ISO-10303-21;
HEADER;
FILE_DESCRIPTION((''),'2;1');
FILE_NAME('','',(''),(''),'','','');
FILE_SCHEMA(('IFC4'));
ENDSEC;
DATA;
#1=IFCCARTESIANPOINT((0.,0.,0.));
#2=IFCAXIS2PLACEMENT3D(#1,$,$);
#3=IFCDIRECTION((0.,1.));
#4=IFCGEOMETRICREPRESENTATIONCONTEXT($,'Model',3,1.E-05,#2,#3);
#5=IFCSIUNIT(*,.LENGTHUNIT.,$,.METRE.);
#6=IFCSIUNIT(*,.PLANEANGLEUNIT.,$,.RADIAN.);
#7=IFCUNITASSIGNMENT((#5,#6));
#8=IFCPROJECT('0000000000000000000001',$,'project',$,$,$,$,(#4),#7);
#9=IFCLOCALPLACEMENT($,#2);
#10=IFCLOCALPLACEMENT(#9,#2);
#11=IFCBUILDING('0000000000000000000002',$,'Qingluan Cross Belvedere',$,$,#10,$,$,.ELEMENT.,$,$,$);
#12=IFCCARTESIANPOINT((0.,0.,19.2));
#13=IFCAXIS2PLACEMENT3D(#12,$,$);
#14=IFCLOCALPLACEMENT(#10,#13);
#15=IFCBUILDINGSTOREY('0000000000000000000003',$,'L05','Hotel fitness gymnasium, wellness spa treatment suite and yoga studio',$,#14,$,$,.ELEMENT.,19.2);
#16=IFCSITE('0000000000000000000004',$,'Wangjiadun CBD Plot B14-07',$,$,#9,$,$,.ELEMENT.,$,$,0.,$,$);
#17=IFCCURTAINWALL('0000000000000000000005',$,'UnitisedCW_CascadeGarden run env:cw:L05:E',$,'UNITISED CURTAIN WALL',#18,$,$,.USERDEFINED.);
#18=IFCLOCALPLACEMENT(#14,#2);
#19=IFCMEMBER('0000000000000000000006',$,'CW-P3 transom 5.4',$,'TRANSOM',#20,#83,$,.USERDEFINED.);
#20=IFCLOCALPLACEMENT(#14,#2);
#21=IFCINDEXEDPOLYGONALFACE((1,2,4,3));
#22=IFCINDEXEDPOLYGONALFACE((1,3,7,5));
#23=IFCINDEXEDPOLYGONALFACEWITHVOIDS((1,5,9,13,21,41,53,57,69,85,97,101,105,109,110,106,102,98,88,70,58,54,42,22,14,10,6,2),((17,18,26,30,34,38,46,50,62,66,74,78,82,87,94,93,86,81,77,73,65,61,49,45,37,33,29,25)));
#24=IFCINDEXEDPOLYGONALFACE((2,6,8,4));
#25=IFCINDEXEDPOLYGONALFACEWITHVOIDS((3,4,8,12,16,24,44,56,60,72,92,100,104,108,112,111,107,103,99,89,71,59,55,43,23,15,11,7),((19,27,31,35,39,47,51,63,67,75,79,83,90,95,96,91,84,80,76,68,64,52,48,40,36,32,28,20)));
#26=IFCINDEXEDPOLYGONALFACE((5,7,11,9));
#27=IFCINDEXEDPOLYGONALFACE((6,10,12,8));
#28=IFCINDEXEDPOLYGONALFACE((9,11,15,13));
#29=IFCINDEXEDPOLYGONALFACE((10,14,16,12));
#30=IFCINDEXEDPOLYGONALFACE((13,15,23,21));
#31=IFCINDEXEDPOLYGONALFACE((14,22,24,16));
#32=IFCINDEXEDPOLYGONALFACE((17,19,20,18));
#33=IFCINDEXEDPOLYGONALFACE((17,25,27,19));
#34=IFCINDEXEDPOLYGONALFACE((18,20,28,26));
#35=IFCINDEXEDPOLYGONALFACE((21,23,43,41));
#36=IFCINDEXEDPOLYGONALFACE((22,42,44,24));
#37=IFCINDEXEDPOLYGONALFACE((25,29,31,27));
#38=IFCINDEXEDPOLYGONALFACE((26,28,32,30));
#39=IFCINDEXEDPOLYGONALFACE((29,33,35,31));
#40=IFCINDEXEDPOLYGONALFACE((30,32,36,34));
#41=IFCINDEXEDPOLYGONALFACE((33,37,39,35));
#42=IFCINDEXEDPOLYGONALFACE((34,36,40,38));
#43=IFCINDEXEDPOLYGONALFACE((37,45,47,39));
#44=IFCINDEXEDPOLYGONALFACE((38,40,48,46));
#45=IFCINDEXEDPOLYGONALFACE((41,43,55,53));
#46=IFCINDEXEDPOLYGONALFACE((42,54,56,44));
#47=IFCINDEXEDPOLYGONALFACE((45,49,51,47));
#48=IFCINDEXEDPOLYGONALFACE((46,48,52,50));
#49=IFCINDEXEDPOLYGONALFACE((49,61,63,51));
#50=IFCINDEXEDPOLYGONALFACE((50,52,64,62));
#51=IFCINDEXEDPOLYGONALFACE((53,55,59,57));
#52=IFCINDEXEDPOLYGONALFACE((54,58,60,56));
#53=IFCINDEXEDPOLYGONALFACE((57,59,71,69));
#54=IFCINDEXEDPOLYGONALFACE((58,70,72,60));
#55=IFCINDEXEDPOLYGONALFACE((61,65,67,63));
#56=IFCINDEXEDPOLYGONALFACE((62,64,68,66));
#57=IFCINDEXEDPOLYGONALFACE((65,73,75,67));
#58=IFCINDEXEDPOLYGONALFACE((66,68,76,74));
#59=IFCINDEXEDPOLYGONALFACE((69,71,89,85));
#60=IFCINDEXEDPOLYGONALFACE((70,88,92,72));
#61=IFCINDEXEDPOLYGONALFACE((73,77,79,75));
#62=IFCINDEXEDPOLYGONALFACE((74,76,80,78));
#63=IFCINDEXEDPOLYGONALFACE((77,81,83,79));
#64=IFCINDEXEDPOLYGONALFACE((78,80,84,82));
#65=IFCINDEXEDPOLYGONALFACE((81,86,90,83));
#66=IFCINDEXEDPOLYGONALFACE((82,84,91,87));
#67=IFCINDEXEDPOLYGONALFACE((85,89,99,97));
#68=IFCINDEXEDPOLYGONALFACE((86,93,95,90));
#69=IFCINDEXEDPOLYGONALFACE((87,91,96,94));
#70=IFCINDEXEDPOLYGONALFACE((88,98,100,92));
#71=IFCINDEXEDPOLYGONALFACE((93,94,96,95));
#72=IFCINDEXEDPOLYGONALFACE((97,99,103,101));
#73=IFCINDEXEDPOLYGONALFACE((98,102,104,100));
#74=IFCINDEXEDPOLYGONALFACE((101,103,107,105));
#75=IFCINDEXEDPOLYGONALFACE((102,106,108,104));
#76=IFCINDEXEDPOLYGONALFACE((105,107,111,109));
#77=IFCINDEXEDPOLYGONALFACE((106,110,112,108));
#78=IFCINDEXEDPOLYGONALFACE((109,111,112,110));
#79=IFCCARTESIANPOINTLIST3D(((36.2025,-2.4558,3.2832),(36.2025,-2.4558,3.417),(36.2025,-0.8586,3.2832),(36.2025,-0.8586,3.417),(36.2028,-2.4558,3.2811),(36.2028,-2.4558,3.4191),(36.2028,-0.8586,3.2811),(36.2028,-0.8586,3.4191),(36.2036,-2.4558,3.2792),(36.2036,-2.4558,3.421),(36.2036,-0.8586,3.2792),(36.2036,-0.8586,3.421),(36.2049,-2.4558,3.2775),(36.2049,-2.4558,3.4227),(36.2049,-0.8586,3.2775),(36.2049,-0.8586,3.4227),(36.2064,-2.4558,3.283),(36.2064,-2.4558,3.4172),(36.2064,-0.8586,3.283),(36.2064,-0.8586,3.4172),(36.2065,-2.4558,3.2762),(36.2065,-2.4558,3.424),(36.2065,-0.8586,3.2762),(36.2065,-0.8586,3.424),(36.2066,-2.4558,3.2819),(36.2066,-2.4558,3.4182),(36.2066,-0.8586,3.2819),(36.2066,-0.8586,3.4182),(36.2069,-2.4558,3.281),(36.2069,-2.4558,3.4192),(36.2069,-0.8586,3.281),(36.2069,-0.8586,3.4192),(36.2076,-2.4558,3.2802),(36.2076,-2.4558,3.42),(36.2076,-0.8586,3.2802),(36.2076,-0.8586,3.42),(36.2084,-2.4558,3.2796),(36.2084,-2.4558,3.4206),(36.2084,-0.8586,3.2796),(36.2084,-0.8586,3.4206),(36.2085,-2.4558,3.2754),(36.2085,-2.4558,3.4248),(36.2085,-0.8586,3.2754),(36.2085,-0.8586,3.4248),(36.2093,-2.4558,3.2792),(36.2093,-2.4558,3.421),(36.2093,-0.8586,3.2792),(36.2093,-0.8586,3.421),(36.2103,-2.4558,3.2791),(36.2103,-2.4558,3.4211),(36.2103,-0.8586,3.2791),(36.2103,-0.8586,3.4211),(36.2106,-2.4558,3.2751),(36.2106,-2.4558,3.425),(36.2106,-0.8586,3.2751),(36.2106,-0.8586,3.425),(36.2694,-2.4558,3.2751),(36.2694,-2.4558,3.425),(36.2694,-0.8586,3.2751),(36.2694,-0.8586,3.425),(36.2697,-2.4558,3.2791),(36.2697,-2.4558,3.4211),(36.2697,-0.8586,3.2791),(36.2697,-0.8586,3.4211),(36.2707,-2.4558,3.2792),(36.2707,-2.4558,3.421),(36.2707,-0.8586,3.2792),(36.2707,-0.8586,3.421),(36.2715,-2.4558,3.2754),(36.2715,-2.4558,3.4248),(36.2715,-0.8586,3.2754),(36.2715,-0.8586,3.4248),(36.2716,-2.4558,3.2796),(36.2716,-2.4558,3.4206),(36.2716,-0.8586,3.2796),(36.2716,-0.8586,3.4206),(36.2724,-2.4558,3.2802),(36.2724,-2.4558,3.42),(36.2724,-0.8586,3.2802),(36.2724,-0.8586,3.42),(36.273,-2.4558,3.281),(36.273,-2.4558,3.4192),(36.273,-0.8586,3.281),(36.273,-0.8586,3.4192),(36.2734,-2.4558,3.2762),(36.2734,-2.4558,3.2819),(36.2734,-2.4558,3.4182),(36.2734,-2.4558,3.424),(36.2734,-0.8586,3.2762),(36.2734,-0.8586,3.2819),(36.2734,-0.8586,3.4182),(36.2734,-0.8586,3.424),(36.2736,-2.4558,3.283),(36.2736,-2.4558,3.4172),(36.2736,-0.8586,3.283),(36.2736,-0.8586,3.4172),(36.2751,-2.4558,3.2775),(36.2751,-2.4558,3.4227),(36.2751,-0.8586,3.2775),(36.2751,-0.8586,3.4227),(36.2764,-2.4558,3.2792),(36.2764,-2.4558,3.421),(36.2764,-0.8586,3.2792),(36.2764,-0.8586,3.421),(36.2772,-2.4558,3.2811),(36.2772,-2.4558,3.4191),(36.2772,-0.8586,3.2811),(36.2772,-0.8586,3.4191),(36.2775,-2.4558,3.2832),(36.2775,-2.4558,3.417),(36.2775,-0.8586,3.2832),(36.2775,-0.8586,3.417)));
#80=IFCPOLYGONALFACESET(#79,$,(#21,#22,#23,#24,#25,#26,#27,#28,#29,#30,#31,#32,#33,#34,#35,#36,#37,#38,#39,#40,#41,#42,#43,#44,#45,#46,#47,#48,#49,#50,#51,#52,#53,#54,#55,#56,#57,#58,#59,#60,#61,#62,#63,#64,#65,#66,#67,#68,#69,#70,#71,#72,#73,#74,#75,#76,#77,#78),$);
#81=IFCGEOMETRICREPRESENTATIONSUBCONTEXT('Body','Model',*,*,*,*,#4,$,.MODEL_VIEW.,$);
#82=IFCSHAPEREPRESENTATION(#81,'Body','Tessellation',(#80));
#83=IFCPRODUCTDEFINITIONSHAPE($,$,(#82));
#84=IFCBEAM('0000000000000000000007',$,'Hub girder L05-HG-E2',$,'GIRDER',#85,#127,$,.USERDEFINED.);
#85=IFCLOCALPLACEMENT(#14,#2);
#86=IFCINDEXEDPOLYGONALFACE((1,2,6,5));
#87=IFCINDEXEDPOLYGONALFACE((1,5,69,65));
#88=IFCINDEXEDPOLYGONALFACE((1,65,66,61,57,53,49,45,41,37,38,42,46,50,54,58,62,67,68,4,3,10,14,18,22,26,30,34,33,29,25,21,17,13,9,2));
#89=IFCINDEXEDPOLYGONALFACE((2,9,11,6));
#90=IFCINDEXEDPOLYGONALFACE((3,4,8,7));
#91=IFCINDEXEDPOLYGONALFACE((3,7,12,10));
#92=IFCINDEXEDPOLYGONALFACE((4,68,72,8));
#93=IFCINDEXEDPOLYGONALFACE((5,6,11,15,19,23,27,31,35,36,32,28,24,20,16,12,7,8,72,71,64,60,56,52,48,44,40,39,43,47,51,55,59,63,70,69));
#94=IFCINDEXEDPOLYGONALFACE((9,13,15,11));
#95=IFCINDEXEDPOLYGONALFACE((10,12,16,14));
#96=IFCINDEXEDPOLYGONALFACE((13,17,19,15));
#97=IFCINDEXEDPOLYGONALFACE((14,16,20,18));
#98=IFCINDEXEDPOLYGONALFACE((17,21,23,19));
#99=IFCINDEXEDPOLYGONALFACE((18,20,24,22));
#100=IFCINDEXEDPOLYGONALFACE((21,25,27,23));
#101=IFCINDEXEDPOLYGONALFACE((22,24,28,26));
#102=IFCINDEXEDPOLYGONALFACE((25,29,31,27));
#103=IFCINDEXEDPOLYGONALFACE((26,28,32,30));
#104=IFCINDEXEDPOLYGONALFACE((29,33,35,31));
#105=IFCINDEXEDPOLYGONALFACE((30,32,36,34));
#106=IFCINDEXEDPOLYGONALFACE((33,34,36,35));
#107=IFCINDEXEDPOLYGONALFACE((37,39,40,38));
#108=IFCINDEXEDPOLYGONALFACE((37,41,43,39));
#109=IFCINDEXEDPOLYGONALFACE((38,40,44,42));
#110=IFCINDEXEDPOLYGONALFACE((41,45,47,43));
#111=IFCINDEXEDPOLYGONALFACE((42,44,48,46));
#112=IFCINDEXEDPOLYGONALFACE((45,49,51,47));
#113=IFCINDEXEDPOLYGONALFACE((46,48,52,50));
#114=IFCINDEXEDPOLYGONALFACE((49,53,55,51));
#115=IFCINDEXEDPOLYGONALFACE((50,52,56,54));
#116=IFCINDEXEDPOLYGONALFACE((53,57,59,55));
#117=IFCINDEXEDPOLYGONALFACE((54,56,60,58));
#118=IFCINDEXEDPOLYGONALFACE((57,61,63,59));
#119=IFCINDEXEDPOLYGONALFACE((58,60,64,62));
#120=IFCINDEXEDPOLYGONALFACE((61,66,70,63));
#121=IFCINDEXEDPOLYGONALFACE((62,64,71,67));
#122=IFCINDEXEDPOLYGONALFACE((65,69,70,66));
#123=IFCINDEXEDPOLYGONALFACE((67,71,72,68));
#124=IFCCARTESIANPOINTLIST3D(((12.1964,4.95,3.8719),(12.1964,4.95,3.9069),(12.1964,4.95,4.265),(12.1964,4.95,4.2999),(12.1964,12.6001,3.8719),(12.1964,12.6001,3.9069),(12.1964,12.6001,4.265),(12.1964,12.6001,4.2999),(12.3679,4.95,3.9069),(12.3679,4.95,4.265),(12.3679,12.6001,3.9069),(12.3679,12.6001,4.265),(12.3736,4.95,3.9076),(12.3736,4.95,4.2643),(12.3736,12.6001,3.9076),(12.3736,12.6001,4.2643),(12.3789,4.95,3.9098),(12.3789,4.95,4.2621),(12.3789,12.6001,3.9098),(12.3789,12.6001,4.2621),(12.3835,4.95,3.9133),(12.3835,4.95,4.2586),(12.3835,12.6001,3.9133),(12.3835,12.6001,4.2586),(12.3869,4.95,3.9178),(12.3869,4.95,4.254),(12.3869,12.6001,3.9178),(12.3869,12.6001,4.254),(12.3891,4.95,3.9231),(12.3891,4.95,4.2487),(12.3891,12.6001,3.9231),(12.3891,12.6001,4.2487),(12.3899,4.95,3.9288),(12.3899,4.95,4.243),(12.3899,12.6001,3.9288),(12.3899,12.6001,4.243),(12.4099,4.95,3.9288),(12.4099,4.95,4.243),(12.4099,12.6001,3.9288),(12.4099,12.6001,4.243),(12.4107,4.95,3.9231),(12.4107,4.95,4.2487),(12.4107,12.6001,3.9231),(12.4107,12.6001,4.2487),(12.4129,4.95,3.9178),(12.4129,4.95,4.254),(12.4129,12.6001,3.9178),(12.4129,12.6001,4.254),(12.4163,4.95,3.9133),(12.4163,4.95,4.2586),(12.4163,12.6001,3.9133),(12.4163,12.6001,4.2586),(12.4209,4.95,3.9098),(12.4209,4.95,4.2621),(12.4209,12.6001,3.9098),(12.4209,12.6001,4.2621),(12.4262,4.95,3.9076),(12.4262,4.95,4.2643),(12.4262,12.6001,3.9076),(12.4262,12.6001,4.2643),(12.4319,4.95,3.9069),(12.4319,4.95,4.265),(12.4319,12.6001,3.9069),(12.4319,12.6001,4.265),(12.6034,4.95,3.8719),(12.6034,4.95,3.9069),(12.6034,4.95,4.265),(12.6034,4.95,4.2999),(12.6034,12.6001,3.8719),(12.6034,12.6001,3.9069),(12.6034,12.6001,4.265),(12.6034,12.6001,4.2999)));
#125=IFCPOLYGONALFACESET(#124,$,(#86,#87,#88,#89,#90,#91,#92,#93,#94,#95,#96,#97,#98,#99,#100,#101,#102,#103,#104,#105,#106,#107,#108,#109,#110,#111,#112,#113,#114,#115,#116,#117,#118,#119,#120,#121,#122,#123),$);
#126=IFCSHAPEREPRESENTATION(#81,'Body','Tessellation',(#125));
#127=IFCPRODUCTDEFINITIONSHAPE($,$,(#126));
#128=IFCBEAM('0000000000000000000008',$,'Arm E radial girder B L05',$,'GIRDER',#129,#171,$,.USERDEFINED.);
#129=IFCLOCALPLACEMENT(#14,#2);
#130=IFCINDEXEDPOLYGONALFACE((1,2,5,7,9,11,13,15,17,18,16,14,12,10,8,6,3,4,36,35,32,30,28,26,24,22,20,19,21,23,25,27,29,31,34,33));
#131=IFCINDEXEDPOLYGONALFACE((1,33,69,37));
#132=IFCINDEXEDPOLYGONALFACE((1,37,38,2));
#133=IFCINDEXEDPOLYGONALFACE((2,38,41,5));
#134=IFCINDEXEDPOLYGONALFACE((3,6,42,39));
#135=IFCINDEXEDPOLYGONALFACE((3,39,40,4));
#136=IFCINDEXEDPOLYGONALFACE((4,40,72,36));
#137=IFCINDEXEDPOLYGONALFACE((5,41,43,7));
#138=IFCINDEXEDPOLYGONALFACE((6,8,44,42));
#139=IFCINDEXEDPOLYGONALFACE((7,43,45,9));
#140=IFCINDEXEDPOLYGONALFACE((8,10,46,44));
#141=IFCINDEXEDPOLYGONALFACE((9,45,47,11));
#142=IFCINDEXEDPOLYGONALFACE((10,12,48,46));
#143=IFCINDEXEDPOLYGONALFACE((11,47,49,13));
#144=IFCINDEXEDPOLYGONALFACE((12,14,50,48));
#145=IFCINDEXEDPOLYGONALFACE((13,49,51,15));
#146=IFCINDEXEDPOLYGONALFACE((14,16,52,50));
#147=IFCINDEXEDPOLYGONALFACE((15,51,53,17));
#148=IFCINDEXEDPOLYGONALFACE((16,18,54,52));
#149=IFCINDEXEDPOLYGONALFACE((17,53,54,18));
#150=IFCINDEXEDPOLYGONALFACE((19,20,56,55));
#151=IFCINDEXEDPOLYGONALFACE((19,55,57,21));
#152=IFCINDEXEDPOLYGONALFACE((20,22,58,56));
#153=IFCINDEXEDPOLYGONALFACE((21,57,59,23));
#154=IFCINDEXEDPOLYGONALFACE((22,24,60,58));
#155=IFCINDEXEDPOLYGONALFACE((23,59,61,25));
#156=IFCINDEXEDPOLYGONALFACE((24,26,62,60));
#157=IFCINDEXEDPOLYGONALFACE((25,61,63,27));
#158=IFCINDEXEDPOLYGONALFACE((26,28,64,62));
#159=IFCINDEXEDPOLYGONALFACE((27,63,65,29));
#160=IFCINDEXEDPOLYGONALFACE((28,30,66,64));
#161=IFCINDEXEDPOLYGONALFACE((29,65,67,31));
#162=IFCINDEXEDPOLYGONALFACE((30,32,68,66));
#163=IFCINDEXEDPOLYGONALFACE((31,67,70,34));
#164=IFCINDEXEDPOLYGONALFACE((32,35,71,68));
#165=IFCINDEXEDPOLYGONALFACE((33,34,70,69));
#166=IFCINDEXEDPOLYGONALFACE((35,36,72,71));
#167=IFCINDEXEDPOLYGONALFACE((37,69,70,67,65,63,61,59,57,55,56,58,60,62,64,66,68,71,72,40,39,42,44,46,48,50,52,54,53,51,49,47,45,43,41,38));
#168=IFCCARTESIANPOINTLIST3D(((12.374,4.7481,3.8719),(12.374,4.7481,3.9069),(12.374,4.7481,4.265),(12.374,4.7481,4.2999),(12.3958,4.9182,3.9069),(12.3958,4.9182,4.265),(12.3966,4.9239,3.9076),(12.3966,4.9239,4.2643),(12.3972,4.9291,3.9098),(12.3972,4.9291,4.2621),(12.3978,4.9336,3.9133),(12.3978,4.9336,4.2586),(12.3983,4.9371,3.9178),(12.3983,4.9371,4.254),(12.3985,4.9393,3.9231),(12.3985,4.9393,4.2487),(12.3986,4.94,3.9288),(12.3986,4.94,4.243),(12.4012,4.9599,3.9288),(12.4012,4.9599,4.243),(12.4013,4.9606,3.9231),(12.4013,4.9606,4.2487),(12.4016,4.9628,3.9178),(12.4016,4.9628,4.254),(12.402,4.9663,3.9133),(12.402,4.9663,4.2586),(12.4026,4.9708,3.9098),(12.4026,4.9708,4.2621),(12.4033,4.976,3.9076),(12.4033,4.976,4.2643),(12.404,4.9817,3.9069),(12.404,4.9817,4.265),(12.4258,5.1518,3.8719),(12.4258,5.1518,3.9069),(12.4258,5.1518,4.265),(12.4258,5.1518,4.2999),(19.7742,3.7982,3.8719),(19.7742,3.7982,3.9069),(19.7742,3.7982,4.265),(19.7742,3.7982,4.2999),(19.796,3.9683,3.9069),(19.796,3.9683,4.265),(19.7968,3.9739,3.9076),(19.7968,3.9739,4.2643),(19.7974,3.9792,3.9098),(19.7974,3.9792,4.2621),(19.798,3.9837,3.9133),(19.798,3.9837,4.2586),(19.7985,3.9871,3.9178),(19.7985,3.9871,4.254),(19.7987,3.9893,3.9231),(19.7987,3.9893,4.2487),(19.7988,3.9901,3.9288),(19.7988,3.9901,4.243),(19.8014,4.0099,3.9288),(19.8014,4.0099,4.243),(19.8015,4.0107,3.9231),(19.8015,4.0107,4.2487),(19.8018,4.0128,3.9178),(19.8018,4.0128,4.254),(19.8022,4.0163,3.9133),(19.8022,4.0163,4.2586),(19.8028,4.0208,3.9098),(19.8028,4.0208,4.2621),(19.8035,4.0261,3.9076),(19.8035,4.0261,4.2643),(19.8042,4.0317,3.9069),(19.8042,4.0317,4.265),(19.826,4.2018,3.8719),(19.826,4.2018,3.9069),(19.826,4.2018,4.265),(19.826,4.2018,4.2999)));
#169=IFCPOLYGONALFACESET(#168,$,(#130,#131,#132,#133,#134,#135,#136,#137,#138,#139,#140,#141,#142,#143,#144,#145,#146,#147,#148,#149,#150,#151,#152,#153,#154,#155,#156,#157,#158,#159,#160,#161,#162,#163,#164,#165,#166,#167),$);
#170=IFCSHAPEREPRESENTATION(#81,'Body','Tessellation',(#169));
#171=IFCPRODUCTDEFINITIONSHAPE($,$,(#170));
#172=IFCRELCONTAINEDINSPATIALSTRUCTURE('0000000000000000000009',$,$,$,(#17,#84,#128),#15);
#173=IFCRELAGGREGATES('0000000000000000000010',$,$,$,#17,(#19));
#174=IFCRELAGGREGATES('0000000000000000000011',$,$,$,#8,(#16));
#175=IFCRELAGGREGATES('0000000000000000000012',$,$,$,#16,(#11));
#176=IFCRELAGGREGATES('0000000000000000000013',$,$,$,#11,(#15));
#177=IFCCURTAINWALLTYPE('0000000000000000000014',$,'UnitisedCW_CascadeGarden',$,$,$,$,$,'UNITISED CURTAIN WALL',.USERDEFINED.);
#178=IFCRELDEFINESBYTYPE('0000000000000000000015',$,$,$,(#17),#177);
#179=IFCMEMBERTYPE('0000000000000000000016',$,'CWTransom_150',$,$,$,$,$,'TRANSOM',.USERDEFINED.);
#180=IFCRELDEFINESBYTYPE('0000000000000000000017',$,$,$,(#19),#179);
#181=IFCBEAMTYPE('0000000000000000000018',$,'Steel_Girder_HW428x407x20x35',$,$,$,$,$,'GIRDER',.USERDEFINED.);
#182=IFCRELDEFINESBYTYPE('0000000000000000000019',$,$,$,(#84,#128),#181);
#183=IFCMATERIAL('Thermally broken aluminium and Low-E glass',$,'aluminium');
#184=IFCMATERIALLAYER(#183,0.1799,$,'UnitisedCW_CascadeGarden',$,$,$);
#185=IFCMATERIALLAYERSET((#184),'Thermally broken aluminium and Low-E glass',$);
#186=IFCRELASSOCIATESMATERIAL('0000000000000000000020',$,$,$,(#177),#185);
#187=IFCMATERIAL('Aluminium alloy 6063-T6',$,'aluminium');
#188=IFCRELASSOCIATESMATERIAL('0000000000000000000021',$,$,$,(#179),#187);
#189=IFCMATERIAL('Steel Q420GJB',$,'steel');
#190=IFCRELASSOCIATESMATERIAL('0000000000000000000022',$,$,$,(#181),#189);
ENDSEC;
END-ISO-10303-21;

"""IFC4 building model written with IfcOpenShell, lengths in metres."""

from ifc_helpers import new_model, si_unit, direction, frame, origin, origin_2d, place, context, subcontext, project, spatial, hollow_rectangle, i_section, extrude, material, layer, layer_set, material_profile, profile_set, type_object, element, aggregate, save


model = new_model("IFC4")

# Units and contexts
model_context = context("Model", 3, precision=1e-05, world=origin(), true_north=direction((0.0, 1.0)))
body_context = subcontext(model_context, "Body", "Model", "MODEL_VIEW")
ifc_project = project(units=[si_unit("LENGTHUNIT", "METRE"), si_unit("PLANEANGLEUNIT", "RADIAN")], contexts=[model_context])

# Site, building, storey
site_placement = place(None, origin())
site = spatial("IfcSite", under=ifc_project, at=site_placement, Name="Wangjiadun CBD Plot B14-07", CompositionType="ELEMENT", RefElevation=0.0)
building_placement = place(site_placement, origin())
building = spatial("IfcBuilding", under=site, at=building_placement, Name="Qingluan Cross Belvedere", CompositionType="ELEMENT")
storey_placement = place(building_placement, frame((0.0, 0.0, 19.2)))
storey = spatial("IfcBuildingStorey", under=building, at=storey_placement, Name="L05", Description="Hotel fitness gymnasium, wellness spa treatment suite and yoga studio", CompositionType="ELEMENT", Elevation=19.2)

# Curtain wall, member
ifc_material_1 = material(Name="Thermally broken aluminium and Low-E glass", Category="aluminium")
ifc_layer_1 = layer(ifc_material_1, 0.1799, Name="UnitisedCW_CascadeGarden")
ifc_layer_set_1 = layer_set([ifc_layer_1], Name="Thermally broken aluminium and Low-E glass")
curtain_wall_type = type_object("IfcCurtainWallType", Name="UnitisedCW_CascadeGarden", ElementType="UNITISED CURTAIN WALL", PredefinedType="USERDEFINED", material=ifc_layer_set_1)
curtain_wall_placement = place(storey_placement, origin())
curtain_wall = element("IfcCurtainWall", 1, at=curtain_wall_placement, inside=storey, type_object=curtain_wall_type, Name="UnitisedCW_CascadeGarden run env:cw:L05:E", ObjectType="UNITISED CURTAIN WALL", PredefinedType="USERDEFINED")
ifc_material_2 = material(Name="Aluminium alloy 6063-T6", Category="aluminium")
ifc_material_profile_1 = material_profile(ifc_material_2, hollow_rectangle(XDim=0.075, YDim=0.1499, WallThickness=0.0039, InnerFilletRadius=0.0039, OuterFilletRadius=0.0081, at=origin_2d()), Name="CWT150x75x4")
ifc_profile_set_1 = profile_set([ifc_material_profile_1], Name="Aluminium alloy 6063-T6")
member_type_1 = type_object("IfcMemberType", Name="CWTransom_150", ElementType="TRANSOM", PredefinedType="USERDEFINED", material=ifc_profile_set_1)
member_1_placement = place(storey_placement, frame((36.24, -0.8586, 3.3501), z_axis=(0.0, -1.0, 0.0), x_axis=(1.0, 0.0, 0.0)))
member_1 = element("IfcMember", 2, at=member_1_placement, type_object=member_type_1, Name="CW-P3 transom 5.4", ObjectType="TRANSOM", PredefinedType="USERDEFINED", context=body_context, shape_type="SweptSolid", body=[
    extrude(hollow_rectangle(XDim=0.075, YDim=0.1499, WallThickness=0.0039, InnerFilletRadius=0.0039, OuterFilletRadius=0.0081, at=origin_2d()), origin(), (0.0, 0.0, 1.0), 1.5972),
])

# Beams
ifc_material_3 = material(Name="Steel Q420GJB", Category="steel")
ifc_material_profile_2 = material_profile(ifc_material_3, i_section(OverallWidth=0.407, OverallDepth=0.428, WebThickness=0.02, FlangeThickness=0.0349, FilletRadius=0.022, at=origin_2d()), Name="HW428x407x20x35")
ifc_profile_set_2 = profile_set([ifc_material_profile_2], Name="Steel Q420GJB")
beam_type = type_object("IfcBeamType", Name="Steel_Girder_HW428x407x20x35", ElementType="GIRDER", PredefinedType="USERDEFINED", material=ifc_profile_set_2)
beam_1_placement = place(storey_placement, frame((12.3999, 4.95, 4.0859), z_axis=(0.0, 1.0, 0.0), x_axis=(-1.0, 0.0, 0.0)))
element("IfcBeam", 3, at=beam_1_placement, inside=storey, type_object=beam_type, Name="Hub girder L05-HG-E2", ObjectType="GIRDER", PredefinedType="USERDEFINED", context=body_context, shape_type="SweptSolid", body=[
    extrude(i_section(OverallWidth=0.407, OverallDepth=0.428, WebThickness=0.02, FlangeThickness=0.0349, FilletRadius=0.022, at=origin_2d()), origin(), (0.0, 0.0, 1.0), 7.6501),
])
beam_2_placement = place(storey_placement, frame((12.3999, 4.95, 4.0859), z_axis=(0.991861, -0.127324, 0.0), x_axis=(0.127324, 0.991861, 0.0)))
element("IfcBeam", 4, at=beam_2_placement, inside=storey, type_object=beam_type, Name="Arm E radial girder B L05", ObjectType="GIRDER", PredefinedType="USERDEFINED", context=body_context, shape_type="SweptSolid", body=[
    extrude(i_section(OverallWidth=0.407, OverallDepth=0.428, WebThickness=0.02, FlangeThickness=0.0349, FilletRadius=0.022, at=origin_2d()), origin(), (0.0, 0.0, 1.0), 7.4609),
])

aggregate(curtain_wall, [member_1])

save(model, "model.ifc")
